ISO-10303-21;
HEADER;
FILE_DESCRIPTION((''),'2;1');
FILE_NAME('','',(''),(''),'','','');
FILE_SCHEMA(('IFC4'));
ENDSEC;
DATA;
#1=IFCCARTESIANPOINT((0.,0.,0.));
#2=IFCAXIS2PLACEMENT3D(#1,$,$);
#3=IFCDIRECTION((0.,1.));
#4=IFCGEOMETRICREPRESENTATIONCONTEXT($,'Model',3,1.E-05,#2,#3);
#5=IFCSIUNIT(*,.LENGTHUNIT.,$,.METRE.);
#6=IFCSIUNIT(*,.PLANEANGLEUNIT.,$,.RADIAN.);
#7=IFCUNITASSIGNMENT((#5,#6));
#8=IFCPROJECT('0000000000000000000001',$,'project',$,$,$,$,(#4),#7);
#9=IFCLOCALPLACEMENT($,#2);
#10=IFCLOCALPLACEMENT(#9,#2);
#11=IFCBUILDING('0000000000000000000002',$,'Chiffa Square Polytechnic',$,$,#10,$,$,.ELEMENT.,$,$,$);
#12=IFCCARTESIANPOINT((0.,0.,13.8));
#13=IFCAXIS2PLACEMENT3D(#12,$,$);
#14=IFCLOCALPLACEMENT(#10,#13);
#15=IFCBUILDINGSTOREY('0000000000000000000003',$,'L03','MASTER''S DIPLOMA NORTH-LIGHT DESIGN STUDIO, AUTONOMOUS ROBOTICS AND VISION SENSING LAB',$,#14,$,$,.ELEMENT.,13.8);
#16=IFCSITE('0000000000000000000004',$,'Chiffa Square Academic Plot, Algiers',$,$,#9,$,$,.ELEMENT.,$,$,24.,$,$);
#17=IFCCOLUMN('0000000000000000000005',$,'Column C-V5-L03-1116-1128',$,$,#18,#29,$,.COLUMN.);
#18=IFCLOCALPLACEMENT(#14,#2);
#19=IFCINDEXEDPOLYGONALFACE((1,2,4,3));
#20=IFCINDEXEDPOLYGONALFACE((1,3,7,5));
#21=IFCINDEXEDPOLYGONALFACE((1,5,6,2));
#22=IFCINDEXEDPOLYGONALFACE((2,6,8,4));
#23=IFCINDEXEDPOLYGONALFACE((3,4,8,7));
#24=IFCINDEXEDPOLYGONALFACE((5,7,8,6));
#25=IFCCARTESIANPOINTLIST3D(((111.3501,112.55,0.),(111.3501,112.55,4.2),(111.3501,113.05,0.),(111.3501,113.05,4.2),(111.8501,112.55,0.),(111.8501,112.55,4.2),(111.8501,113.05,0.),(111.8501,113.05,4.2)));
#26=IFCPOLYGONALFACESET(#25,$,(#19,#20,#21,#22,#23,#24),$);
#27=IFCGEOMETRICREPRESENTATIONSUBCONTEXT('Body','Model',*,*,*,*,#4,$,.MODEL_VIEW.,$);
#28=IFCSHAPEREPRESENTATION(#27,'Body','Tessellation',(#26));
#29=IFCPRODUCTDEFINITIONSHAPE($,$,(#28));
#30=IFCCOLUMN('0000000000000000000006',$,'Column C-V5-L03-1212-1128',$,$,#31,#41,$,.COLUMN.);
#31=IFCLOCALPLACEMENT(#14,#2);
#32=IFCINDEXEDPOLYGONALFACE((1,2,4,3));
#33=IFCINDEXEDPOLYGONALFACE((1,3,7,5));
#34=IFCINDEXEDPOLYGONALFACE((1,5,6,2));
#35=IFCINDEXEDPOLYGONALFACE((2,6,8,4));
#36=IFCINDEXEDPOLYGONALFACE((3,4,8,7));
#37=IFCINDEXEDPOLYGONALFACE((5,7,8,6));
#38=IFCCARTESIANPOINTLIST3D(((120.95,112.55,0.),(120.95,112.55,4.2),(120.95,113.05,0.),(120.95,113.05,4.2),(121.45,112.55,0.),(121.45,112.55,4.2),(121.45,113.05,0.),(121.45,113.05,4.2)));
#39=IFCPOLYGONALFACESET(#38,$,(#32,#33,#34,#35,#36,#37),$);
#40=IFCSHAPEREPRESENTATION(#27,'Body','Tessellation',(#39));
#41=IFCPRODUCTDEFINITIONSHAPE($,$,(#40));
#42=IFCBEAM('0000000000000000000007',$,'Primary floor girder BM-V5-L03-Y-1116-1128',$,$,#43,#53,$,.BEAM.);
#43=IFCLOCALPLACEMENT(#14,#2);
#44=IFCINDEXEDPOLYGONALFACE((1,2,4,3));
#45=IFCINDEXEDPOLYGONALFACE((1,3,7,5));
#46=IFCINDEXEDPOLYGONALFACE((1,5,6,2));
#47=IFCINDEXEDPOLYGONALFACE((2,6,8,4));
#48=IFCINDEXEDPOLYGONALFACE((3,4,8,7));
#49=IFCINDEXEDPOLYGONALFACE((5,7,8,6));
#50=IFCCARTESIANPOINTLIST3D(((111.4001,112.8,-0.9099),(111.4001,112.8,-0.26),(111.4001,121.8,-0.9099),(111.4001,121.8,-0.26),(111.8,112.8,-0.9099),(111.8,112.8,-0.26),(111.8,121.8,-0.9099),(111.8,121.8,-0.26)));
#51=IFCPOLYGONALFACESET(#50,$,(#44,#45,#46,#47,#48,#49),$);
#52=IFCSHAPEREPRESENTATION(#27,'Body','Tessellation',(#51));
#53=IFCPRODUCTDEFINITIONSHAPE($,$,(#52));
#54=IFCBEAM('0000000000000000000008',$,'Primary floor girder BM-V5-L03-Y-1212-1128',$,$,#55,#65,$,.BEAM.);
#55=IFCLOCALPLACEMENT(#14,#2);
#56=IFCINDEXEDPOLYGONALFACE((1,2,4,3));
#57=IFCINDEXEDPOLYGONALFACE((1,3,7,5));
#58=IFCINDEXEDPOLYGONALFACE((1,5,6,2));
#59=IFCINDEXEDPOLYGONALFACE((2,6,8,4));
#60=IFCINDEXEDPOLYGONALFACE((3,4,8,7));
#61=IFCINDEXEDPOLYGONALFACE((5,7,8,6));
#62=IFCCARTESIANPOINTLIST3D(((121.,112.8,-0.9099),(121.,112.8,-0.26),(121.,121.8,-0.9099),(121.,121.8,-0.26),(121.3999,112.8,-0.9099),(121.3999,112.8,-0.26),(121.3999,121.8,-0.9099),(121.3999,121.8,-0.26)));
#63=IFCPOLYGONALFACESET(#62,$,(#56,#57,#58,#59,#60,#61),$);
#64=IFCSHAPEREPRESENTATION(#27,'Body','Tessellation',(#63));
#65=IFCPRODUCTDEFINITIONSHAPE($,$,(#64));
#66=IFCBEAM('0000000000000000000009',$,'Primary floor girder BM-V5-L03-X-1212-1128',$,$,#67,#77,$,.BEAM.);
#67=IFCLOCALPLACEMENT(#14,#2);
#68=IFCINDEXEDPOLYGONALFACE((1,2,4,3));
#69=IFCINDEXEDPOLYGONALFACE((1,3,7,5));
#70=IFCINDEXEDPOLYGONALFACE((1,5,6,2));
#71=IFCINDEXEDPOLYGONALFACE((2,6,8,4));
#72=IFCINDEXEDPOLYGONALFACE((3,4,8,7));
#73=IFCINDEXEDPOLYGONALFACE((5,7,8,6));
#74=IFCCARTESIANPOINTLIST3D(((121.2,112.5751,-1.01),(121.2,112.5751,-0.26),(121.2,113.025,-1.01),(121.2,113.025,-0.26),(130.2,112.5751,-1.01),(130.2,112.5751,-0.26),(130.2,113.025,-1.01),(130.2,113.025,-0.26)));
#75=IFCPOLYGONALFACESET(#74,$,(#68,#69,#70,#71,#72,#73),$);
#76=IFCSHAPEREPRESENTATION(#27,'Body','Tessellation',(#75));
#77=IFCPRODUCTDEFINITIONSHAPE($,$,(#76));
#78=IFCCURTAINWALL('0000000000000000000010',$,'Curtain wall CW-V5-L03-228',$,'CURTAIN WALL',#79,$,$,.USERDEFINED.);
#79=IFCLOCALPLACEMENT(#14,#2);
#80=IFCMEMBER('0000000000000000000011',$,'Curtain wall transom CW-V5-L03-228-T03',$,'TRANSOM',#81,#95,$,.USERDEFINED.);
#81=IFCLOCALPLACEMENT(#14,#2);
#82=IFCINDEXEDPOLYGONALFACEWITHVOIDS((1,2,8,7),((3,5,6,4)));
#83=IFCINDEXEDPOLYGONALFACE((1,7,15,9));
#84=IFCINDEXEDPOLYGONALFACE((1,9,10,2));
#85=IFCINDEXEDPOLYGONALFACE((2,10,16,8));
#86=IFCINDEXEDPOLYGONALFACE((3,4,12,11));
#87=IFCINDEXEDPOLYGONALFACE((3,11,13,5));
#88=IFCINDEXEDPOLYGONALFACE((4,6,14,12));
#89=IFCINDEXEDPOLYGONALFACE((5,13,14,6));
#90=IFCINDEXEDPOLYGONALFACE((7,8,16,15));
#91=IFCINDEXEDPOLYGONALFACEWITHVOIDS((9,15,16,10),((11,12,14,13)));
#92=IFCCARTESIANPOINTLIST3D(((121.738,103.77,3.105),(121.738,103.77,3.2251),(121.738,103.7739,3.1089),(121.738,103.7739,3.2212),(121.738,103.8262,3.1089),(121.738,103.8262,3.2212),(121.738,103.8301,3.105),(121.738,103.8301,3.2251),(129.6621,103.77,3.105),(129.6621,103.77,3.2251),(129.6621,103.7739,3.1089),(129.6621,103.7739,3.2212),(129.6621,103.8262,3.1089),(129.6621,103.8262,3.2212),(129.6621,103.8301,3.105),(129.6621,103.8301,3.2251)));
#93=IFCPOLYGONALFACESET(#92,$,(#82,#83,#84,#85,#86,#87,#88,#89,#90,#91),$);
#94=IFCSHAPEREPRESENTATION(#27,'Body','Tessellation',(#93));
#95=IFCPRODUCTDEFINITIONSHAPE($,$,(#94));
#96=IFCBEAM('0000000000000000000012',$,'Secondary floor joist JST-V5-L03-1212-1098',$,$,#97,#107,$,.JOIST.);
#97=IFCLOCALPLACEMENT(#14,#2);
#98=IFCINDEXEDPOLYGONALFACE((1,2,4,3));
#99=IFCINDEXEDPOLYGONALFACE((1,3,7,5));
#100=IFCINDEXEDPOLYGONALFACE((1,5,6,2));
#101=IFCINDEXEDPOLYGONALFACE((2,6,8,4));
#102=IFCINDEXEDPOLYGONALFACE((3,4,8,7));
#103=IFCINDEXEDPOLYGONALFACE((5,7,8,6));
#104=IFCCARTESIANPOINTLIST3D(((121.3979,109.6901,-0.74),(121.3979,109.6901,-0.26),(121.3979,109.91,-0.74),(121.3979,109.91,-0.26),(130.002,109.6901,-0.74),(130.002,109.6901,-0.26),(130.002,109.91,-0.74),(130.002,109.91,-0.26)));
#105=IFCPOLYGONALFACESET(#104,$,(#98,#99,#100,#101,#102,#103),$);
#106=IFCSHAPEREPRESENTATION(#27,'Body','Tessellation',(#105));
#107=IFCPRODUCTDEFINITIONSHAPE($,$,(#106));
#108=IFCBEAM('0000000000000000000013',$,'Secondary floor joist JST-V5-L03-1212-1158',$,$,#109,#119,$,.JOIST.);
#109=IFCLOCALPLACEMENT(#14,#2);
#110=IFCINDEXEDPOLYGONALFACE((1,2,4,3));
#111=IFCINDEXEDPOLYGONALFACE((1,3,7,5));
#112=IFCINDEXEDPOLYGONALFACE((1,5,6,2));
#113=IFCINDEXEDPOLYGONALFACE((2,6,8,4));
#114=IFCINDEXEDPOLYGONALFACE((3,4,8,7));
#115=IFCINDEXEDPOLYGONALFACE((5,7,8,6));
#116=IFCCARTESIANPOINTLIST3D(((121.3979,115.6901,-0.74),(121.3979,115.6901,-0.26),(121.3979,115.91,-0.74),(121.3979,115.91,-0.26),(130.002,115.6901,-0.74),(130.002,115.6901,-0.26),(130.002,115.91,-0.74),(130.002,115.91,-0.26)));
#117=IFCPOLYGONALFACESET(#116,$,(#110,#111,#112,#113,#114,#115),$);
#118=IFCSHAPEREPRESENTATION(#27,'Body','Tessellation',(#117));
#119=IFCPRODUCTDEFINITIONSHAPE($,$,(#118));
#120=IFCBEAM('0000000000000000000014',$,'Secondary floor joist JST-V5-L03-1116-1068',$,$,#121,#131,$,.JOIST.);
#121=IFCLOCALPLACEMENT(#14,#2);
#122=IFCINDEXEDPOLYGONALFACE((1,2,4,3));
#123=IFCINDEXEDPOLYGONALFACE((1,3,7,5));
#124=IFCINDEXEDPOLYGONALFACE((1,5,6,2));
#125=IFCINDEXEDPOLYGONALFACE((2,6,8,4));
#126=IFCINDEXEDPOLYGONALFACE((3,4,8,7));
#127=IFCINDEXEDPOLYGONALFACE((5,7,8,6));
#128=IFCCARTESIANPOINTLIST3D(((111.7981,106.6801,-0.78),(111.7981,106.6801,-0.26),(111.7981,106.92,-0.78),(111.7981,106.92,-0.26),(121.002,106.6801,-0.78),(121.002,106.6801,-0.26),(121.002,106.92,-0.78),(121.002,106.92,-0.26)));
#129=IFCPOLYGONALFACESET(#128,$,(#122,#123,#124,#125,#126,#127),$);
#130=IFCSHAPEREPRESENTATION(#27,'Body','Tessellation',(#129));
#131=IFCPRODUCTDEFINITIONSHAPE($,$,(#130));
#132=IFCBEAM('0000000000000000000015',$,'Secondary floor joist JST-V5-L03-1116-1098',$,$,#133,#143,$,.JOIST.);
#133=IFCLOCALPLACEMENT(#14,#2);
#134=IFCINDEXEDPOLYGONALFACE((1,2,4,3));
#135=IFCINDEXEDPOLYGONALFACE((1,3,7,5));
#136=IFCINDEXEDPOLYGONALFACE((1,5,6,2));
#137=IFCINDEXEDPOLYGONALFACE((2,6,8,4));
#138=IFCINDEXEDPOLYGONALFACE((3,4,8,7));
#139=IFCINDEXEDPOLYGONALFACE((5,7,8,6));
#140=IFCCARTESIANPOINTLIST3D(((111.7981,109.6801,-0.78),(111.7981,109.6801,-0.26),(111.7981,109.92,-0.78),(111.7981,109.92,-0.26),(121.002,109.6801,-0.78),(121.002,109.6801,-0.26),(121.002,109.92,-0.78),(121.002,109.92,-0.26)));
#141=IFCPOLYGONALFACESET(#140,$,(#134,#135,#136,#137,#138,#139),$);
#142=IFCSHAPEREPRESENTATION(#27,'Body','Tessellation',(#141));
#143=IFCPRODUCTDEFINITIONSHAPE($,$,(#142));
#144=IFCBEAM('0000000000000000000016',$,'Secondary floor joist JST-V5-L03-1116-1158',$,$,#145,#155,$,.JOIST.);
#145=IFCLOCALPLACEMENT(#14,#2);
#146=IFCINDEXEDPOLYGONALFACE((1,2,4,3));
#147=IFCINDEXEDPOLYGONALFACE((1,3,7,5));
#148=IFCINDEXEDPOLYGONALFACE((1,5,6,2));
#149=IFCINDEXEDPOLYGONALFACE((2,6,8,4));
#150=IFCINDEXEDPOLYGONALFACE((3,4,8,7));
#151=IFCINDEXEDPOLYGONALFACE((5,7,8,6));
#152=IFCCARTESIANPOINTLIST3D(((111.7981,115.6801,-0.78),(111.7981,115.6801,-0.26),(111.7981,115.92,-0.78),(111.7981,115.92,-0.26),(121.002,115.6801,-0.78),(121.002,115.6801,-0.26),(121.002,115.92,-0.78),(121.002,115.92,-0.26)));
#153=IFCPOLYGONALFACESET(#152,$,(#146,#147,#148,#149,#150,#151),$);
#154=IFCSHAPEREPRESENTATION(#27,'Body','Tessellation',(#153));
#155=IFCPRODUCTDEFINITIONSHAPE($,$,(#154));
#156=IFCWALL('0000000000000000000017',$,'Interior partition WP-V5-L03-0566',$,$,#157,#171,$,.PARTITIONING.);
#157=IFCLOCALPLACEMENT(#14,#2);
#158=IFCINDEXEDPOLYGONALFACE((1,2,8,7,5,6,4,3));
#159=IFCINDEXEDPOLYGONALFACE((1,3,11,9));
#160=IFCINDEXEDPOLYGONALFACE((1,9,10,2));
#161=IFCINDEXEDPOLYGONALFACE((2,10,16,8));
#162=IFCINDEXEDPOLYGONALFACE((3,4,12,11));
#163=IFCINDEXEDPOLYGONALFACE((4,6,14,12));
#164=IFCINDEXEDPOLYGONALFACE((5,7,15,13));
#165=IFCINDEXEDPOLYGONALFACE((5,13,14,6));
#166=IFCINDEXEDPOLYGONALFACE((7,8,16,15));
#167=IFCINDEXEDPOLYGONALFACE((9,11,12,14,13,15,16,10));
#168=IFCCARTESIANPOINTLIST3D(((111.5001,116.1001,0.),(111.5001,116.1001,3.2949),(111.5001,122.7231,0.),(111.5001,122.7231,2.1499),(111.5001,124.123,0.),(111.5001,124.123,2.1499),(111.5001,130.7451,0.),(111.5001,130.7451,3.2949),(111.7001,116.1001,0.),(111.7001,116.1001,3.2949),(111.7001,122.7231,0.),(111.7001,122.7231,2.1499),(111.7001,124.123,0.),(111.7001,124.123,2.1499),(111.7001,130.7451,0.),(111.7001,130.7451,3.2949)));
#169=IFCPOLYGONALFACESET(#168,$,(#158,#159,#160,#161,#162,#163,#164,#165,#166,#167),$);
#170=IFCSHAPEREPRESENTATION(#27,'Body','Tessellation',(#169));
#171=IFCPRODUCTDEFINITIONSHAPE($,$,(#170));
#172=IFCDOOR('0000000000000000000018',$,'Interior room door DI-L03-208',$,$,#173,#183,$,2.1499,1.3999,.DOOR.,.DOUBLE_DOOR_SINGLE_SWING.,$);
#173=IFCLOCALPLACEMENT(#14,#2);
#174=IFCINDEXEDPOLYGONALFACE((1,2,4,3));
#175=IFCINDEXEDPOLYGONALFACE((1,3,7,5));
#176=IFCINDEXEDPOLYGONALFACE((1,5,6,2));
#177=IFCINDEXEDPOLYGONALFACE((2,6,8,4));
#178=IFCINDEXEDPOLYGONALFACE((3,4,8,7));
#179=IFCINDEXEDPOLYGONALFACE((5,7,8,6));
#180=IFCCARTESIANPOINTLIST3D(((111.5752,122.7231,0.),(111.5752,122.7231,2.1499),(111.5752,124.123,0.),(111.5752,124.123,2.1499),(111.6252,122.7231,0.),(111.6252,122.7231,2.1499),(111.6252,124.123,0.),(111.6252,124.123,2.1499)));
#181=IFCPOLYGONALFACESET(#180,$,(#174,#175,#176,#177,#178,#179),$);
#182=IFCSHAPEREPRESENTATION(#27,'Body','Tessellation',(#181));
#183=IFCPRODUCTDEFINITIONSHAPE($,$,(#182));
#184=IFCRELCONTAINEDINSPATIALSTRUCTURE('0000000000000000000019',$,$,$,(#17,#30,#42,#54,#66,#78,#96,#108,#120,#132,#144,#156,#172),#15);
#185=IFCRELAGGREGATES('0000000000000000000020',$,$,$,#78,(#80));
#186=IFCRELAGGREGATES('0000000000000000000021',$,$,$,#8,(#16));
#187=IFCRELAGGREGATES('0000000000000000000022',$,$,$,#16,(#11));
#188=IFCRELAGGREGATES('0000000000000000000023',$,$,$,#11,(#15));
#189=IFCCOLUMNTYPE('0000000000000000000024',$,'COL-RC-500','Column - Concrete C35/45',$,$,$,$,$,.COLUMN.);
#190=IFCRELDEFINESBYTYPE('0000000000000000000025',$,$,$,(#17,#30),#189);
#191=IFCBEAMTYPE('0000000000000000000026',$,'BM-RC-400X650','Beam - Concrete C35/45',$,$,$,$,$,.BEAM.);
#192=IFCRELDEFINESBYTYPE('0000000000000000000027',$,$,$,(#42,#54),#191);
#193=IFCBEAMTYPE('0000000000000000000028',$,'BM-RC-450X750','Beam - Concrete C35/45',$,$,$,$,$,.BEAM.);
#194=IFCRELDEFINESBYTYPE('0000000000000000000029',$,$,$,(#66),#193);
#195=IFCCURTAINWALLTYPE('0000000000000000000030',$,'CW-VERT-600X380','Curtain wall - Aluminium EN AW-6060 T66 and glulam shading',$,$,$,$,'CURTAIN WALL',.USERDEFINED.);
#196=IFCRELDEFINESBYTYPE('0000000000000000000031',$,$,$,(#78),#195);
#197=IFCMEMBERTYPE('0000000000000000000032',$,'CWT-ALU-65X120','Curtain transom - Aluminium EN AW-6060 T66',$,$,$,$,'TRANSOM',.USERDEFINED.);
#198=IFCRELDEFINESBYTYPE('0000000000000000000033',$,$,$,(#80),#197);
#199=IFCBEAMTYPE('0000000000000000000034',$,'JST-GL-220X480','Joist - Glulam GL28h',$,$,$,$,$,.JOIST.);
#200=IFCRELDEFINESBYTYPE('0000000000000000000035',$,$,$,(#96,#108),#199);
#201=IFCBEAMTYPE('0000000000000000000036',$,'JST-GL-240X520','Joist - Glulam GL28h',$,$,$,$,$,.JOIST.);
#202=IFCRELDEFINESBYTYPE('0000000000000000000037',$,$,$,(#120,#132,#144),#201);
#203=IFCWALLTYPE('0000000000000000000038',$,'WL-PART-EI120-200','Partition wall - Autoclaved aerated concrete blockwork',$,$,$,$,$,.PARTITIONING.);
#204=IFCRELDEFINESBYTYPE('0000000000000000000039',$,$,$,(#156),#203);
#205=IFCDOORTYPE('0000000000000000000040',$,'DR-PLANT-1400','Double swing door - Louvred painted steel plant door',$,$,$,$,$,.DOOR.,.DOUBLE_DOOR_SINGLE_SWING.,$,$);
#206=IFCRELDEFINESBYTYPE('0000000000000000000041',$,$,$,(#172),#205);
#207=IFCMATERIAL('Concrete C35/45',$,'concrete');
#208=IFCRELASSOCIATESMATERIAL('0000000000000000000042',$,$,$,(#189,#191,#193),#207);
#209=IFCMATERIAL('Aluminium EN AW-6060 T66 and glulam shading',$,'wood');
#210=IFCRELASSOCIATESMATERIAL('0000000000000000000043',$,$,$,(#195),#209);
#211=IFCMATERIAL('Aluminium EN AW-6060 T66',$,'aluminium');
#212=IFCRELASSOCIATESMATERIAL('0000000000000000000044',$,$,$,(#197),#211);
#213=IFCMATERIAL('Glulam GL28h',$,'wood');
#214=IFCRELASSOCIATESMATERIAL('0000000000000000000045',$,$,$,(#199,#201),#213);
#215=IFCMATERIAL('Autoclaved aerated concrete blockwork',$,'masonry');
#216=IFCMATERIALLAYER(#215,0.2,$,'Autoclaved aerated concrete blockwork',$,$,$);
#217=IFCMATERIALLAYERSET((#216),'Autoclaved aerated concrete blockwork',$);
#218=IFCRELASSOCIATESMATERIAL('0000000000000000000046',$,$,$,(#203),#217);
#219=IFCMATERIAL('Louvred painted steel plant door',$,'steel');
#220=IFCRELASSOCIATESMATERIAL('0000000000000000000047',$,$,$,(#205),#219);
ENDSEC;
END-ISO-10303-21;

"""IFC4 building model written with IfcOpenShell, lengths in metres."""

from ifc_helpers import new_model, si_unit, direction, frame, frame_2d, origin, origin_2d, place, context, subcontext, project, spatial, rectangle, hollow_rectangle, extrude, material, layer, layer_set, material_profile, profile_set, type_object, element, fill, aggregate, save


model = new_model("IFC4")

# Units and contexts
model_context = context("Model", 3, precision=1e-05, world=origin(), true_north=direction((0.0, 1.0)))
body_context = subcontext(model_context, "Body", "Model", "MODEL_VIEW")
ifc_project = project(units=[si_unit("LENGTHUNIT", "METRE"), si_unit("PLANEANGLEUNIT", "RADIAN")], contexts=[model_context])

# Site, building, storey
site_placement = place(None, origin())
site = spatial("IfcSite", under=ifc_project, at=site_placement, Name="Chiffa Square Academic Plot, Algiers", CompositionType="ELEMENT", RefElevation=24.0)
building_placement = place(site_placement, origin())
building = spatial("IfcBuilding", under=site, at=building_placement, Name="Chiffa Square Polytechnic", CompositionType="ELEMENT")
storey_placement = place(building_placement, frame((0.0, 0.0, 13.8)))
storey = spatial("IfcBuildingStorey", under=building, at=storey_placement, Name="L03", Description="MASTER'S DIPLOMA NORTH-LIGHT DESIGN STUDIO, AUTONOMOUS ROBOTICS AND VISION SENSING LAB", CompositionType="ELEMENT", Elevation=13.8)

# Columns
ifc_material_1 = material(Name="Concrete C35/45", Category="concrete")
ifc_material_profile_1 = material_profile(ifc_material_1, rectangle(XDim=0.5, YDim=0.5, at=origin_2d()), Name="RC 500x500")
ifc_profile_set_1 = profile_set([ifc_material_profile_1], Name="Concrete C35/45")
column_type = type_object("IfcColumnType", Name="COL-RC-500", Description="Column - Concrete C35/45", PredefinedType="COLUMN", material=ifc_profile_set_1)
for number, where, z_axis, x_axis, name in (
    (1, (111.6001, 112.8, 0.0), (0.0, 0.0, 1.0), (1.0, 0.0, 0.0), "Column C-V5-L03-1116-1128"),
    (2, (121.2, 112.8, 0.0), (0.0, 0.0, 1.0), (1.0, 0.0, 0.0), "Column C-V5-L03-1212-1128"),
):
    element("IfcColumn", number, at=place(storey_placement, frame(where, z_axis=z_axis, x_axis=x_axis)), inside=storey, type_object=column_type, Name=name, PredefinedType="COLUMN", context=body_context, shape_type="SweptSolid", body=[
        extrude(rectangle(XDim=0.5, YDim=0.5, at=origin_2d()), origin(), (0.0, 0.0, 1.0), 4.2),
    ])

# Beams
ifc_material_profile_2 = material_profile(ifc_material_1, rectangle(XDim=0.3999, YDim=0.6499, at=origin_2d()), Name="RC 400x650")
ifc_profile_set_2 = profile_set([ifc_material_profile_2], Name="Concrete C35/45")
beam_type_1 = type_object("IfcBeamType", Name="BM-RC-400X650", Description="Beam - Concrete C35/45", PredefinedType="BEAM", material=ifc_profile_set_2)
for number, where, z_axis, x_axis, name in (
    (3, (111.6001, 112.8, -0.585), (0.0, 1.0, 0.0), (-1.0, 0.0, 0.0), "Primary floor girder BM-V5-L03-Y-1116-1128"),
    (4, (121.2, 112.8, -0.585), (0.0, 1.0, 0.0), (-1.0, 0.0, 0.0), "Primary floor girder BM-V5-L03-Y-1212-1128"),
):
    element("IfcBeam", number, at=place(storey_placement, frame(where, z_axis=z_axis, x_axis=x_axis)), inside=storey, type_object=beam_type_1, Name=name, PredefinedType="BEAM", context=body_context, shape_type="SweptSolid", body=[
        extrude(rectangle(XDim=0.3999, YDim=0.6499, at=origin_2d()), origin(), (0.0, 0.0, 1.0), 9.0),
    ])
ifc_material_profile_3 = material_profile(ifc_material_1, rectangle(XDim=0.45, YDim=0.75, at=origin_2d()), Name="RC 450x750")
ifc_profile_set_3 = profile_set([ifc_material_profile_3], Name="Concrete C35/45")
beam_type_2 = type_object("IfcBeamType", Name="BM-RC-450X750", Description="Beam - Concrete C35/45", PredefinedType="BEAM", material=ifc_profile_set_3)
beam_placement = place(storey_placement, frame((121.2, 112.8, -0.635), z_axis=(1.0, 0.0, 0.0), x_axis=(0.0, 1.0, 0.0)))
element("IfcBeam", 5, at=beam_placement, inside=storey, type_object=beam_type_2, Name="Primary floor girder BM-V5-L03-X-1212-1128", PredefinedType="BEAM", context=body_context, shape_type="SweptSolid", body=[
    extrude(rectangle(XDim=0.45, YDim=0.75, at=origin_2d()), origin(), (0.0, 0.0, 1.0), 9.0),
])

# Curtain wall, member
ifc_material_2 = material(Name="Aluminium EN AW-6060 T66 and glulam shading", Category="wood")
curtain_wall_type = type_object("IfcCurtainWallType", Name="CW-VERT-600X380", Description="Curtain wall - Aluminium EN AW-6060 T66 and glulam shading", ElementType="CURTAIN WALL", PredefinedType="USERDEFINED", material=ifc_material_2)
curtain_wall_placement = place(storey_placement, origin())
curtain_wall = element("IfcCurtainWall", 6, at=curtain_wall_placement, inside=storey, type_object=curtain_wall_type, Name="Curtain wall CW-V5-L03-228", ObjectType="CURTAIN WALL", PredefinedType="USERDEFINED")
ifc_material_3 = material(Name="Aluminium EN AW-6060 T66", Category="aluminium")
ifc_material_profile_4 = material_profile(ifc_material_3, hollow_rectangle(XDim=0.0601, YDim=0.1201, WallThickness=0.0039, at=origin_2d()), Name="ALU 60x120x4")
ifc_profile_set_4 = profile_set([ifc_material_profile_4], Name="Aluminium EN AW-6060 T66")
member_type = type_object("IfcMemberType", Name="CWT-ALU-65X120", Description="Curtain transom - Aluminium EN AW-6060 T66", ElementType="TRANSOM", PredefinedType="USERDEFINED", material=ifc_profile_set_4)
member_placement = place(storey_placement, frame((121.738, 103.8, 3.165), z_axis=(1.0, 0.0, 0.0), x_axis=(0.0, 1.0, 0.0)))
member = element("IfcMember", 7, at=member_placement, type_object=member_type, Name="Curtain wall transom CW-V5-L03-228-T03", ObjectType="TRANSOM", PredefinedType="USERDEFINED", context=body_context, shape_type="SweptSolid", body=[
    extrude(hollow_rectangle(XDim=0.0601, YDim=0.1201, WallThickness=0.0039, at=origin_2d()), origin(), (0.0, 0.0, 1.0), 7.9241),
])
aggregate(curtain_wall, [member])

# Beams
ifc_material_4 = material(Name="Glulam GL28h", Category="wood")
ifc_material_profile_5 = material_profile(ifc_material_4, rectangle(XDim=0.22, YDim=0.48, at=origin_2d()), Name="GL28h 220x480")
ifc_profile_set_5 = profile_set([ifc_material_profile_5], Name="Glulam GL28h")
beam_type_3 = type_object("IfcBeamType", Name="JST-GL-220X480", Description="Joist - Glulam GL28h", PredefinedType="JOIST", material=ifc_profile_set_5)
for number, where, z_axis, x_axis, name in (
    (8, (121.3979, 109.8, -0.5), (1.0, 0.0, 0.0), (0.0, 1.0, 0.0), "Secondary floor joist JST-V5-L03-1212-1098"),
    (9, (121.3979, 115.8, -0.5), (1.0, 0.0, 0.0), (0.0, 1.0, 0.0), "Secondary floor joist JST-V5-L03-1212-1158"),
):
    element("IfcBeam", number, at=place(storey_placement, frame(where, z_axis=z_axis, x_axis=x_axis)), inside=storey, type_object=beam_type_3, Name=name, PredefinedType="JOIST", context=body_context, shape_type="SweptSolid", body=[
        extrude(rectangle(XDim=0.22, YDim=0.48, at=origin_2d()), origin(), (0.0, 0.0, 1.0), 8.604),
    ])
ifc_material_profile_6 = material_profile(ifc_material_4, rectangle(XDim=0.24, YDim=0.52, at=origin_2d()), Name="GL28h 240x520")
ifc_profile_set_6 = profile_set([ifc_material_profile_6], Name="Glulam GL28h")
beam_type_4 = type_object("IfcBeamType", Name="JST-GL-240X520", Description="Joist - Glulam GL28h", PredefinedType="JOIST", material=ifc_profile_set_6)
for number, where, z_axis, x_axis, name in (
    (10, (111.7981, 106.8, -0.52), (1.0, 0.0, 0.0), (0.0, 1.0, 0.0), "Secondary floor joist JST-V5-L03-1116-1068"),
    (11, (111.7981, 109.8, -0.52), (1.0, 0.0, 0.0), (0.0, 1.0, 0.0), "Secondary floor joist JST-V5-L03-1116-1098"),
    (12, (111.7981, 115.8, -0.52), (1.0, 0.0, 0.0), (0.0, 1.0, 0.0), "Secondary floor joist JST-V5-L03-1116-1158"),
):
    element("IfcBeam", number, at=place(storey_placement, frame(where, z_axis=z_axis, x_axis=x_axis)), inside=storey, type_object=beam_type_4, Name=name, PredefinedType="JOIST", context=body_context, shape_type="SweptSolid", body=[
        extrude(rectangle(XDim=0.24, YDim=0.52, at=origin_2d()), origin(), (0.0, 0.0, 1.0), 9.2039),
    ])

# Wall, opening, door
ifc_material_5 = material(Name="Autoclaved aerated concrete blockwork", Category="masonry")
ifc_layer_1 = layer(ifc_material_5, 0.2, Name="Autoclaved aerated concrete blockwork")
ifc_layer_set_1 = layer_set([ifc_layer_1], Name="Autoclaved aerated concrete blockwork")
wall_type_1 = type_object("IfcWallType", Name="WL-PART-EI120-200", Description="Partition wall - Autoclaved aerated concrete blockwork", PredefinedType="PARTITIONING", material=ifc_layer_set_1)
wall_1_placement = place(storey_placement, frame((111.6001, 116.1001, 0.0), z_axis=(0.0, 0.0, 1.0), x_axis=(0.0, 1.0, 0.0)))
wall_1 = element("IfcWall", 13, at=wall_1_placement, inside=storey, type_object=wall_type_1, Name="Interior partition WP-V5-L03-0566", PredefinedType="PARTITIONING", context=body_context, shape_type="SweptSolid", body=[
    extrude(rectangle(XDim=14.645, YDim=0.2, at=frame_2d((7.3225, 0.0))), origin(), (0.0, 0.0, 1.0), 3.2949),
])
opening_1_placement = place(wall_1_placement, frame((6.623, 0.0, 0.0)))
opening_1 = element("IfcOpeningElement", 14, at=opening_1_placement, cuts=wall_1, PredefinedType="OPENING", context=body_context, shape_type="SweptSolid", body=[
    extrude(rectangle(XDim=1.3999, YDim=2.1499, at=frame_2d((0.7, 1.075))), frame((0.0, 0.1099, 0.0), z_axis=(0.0, -1.0, 0.0), x_axis=(1.0, 0.0, 0.0)), (0.0, 0.0, 1.0), 0.22),
])
ifc_material_6 = material(Name="Louvred painted steel plant door", Category="steel")
door_type_1 = type_object("IfcDoorType", Name="DR-PLANT-1400", Description="Double swing door - Louvred painted steel plant door", OperationType="DOUBLE_DOOR_SINGLE_SWING", PredefinedType="DOOR", material=ifc_material_6)
door_1_placement = place(opening_1_placement, origin())
door_1 = element("IfcDoor", 15, at=door_1_placement, inside=storey, type_object=door_type_1, Name="Interior room door DI-L03-208", OperationType="DOUBLE_DOOR_SINGLE_SWING", OverallHeight=2.1499, OverallWidth=1.3999, PredefinedType="DOOR", context=body_context, shape_type="SweptSolid", body=[
    extrude(rectangle(XDim=1.3999, YDim=2.1499, at=frame_2d((0.7, 1.075))), frame((0.0, 0.0249, 0.0), z_axis=(0.0, -1.0, 0.0), x_axis=(1.0, 0.0, 0.0)), (0.0, 0.0, 1.0), 0.05),
])
fill(opening_1, door_1)

save(model, "model.ifc")
